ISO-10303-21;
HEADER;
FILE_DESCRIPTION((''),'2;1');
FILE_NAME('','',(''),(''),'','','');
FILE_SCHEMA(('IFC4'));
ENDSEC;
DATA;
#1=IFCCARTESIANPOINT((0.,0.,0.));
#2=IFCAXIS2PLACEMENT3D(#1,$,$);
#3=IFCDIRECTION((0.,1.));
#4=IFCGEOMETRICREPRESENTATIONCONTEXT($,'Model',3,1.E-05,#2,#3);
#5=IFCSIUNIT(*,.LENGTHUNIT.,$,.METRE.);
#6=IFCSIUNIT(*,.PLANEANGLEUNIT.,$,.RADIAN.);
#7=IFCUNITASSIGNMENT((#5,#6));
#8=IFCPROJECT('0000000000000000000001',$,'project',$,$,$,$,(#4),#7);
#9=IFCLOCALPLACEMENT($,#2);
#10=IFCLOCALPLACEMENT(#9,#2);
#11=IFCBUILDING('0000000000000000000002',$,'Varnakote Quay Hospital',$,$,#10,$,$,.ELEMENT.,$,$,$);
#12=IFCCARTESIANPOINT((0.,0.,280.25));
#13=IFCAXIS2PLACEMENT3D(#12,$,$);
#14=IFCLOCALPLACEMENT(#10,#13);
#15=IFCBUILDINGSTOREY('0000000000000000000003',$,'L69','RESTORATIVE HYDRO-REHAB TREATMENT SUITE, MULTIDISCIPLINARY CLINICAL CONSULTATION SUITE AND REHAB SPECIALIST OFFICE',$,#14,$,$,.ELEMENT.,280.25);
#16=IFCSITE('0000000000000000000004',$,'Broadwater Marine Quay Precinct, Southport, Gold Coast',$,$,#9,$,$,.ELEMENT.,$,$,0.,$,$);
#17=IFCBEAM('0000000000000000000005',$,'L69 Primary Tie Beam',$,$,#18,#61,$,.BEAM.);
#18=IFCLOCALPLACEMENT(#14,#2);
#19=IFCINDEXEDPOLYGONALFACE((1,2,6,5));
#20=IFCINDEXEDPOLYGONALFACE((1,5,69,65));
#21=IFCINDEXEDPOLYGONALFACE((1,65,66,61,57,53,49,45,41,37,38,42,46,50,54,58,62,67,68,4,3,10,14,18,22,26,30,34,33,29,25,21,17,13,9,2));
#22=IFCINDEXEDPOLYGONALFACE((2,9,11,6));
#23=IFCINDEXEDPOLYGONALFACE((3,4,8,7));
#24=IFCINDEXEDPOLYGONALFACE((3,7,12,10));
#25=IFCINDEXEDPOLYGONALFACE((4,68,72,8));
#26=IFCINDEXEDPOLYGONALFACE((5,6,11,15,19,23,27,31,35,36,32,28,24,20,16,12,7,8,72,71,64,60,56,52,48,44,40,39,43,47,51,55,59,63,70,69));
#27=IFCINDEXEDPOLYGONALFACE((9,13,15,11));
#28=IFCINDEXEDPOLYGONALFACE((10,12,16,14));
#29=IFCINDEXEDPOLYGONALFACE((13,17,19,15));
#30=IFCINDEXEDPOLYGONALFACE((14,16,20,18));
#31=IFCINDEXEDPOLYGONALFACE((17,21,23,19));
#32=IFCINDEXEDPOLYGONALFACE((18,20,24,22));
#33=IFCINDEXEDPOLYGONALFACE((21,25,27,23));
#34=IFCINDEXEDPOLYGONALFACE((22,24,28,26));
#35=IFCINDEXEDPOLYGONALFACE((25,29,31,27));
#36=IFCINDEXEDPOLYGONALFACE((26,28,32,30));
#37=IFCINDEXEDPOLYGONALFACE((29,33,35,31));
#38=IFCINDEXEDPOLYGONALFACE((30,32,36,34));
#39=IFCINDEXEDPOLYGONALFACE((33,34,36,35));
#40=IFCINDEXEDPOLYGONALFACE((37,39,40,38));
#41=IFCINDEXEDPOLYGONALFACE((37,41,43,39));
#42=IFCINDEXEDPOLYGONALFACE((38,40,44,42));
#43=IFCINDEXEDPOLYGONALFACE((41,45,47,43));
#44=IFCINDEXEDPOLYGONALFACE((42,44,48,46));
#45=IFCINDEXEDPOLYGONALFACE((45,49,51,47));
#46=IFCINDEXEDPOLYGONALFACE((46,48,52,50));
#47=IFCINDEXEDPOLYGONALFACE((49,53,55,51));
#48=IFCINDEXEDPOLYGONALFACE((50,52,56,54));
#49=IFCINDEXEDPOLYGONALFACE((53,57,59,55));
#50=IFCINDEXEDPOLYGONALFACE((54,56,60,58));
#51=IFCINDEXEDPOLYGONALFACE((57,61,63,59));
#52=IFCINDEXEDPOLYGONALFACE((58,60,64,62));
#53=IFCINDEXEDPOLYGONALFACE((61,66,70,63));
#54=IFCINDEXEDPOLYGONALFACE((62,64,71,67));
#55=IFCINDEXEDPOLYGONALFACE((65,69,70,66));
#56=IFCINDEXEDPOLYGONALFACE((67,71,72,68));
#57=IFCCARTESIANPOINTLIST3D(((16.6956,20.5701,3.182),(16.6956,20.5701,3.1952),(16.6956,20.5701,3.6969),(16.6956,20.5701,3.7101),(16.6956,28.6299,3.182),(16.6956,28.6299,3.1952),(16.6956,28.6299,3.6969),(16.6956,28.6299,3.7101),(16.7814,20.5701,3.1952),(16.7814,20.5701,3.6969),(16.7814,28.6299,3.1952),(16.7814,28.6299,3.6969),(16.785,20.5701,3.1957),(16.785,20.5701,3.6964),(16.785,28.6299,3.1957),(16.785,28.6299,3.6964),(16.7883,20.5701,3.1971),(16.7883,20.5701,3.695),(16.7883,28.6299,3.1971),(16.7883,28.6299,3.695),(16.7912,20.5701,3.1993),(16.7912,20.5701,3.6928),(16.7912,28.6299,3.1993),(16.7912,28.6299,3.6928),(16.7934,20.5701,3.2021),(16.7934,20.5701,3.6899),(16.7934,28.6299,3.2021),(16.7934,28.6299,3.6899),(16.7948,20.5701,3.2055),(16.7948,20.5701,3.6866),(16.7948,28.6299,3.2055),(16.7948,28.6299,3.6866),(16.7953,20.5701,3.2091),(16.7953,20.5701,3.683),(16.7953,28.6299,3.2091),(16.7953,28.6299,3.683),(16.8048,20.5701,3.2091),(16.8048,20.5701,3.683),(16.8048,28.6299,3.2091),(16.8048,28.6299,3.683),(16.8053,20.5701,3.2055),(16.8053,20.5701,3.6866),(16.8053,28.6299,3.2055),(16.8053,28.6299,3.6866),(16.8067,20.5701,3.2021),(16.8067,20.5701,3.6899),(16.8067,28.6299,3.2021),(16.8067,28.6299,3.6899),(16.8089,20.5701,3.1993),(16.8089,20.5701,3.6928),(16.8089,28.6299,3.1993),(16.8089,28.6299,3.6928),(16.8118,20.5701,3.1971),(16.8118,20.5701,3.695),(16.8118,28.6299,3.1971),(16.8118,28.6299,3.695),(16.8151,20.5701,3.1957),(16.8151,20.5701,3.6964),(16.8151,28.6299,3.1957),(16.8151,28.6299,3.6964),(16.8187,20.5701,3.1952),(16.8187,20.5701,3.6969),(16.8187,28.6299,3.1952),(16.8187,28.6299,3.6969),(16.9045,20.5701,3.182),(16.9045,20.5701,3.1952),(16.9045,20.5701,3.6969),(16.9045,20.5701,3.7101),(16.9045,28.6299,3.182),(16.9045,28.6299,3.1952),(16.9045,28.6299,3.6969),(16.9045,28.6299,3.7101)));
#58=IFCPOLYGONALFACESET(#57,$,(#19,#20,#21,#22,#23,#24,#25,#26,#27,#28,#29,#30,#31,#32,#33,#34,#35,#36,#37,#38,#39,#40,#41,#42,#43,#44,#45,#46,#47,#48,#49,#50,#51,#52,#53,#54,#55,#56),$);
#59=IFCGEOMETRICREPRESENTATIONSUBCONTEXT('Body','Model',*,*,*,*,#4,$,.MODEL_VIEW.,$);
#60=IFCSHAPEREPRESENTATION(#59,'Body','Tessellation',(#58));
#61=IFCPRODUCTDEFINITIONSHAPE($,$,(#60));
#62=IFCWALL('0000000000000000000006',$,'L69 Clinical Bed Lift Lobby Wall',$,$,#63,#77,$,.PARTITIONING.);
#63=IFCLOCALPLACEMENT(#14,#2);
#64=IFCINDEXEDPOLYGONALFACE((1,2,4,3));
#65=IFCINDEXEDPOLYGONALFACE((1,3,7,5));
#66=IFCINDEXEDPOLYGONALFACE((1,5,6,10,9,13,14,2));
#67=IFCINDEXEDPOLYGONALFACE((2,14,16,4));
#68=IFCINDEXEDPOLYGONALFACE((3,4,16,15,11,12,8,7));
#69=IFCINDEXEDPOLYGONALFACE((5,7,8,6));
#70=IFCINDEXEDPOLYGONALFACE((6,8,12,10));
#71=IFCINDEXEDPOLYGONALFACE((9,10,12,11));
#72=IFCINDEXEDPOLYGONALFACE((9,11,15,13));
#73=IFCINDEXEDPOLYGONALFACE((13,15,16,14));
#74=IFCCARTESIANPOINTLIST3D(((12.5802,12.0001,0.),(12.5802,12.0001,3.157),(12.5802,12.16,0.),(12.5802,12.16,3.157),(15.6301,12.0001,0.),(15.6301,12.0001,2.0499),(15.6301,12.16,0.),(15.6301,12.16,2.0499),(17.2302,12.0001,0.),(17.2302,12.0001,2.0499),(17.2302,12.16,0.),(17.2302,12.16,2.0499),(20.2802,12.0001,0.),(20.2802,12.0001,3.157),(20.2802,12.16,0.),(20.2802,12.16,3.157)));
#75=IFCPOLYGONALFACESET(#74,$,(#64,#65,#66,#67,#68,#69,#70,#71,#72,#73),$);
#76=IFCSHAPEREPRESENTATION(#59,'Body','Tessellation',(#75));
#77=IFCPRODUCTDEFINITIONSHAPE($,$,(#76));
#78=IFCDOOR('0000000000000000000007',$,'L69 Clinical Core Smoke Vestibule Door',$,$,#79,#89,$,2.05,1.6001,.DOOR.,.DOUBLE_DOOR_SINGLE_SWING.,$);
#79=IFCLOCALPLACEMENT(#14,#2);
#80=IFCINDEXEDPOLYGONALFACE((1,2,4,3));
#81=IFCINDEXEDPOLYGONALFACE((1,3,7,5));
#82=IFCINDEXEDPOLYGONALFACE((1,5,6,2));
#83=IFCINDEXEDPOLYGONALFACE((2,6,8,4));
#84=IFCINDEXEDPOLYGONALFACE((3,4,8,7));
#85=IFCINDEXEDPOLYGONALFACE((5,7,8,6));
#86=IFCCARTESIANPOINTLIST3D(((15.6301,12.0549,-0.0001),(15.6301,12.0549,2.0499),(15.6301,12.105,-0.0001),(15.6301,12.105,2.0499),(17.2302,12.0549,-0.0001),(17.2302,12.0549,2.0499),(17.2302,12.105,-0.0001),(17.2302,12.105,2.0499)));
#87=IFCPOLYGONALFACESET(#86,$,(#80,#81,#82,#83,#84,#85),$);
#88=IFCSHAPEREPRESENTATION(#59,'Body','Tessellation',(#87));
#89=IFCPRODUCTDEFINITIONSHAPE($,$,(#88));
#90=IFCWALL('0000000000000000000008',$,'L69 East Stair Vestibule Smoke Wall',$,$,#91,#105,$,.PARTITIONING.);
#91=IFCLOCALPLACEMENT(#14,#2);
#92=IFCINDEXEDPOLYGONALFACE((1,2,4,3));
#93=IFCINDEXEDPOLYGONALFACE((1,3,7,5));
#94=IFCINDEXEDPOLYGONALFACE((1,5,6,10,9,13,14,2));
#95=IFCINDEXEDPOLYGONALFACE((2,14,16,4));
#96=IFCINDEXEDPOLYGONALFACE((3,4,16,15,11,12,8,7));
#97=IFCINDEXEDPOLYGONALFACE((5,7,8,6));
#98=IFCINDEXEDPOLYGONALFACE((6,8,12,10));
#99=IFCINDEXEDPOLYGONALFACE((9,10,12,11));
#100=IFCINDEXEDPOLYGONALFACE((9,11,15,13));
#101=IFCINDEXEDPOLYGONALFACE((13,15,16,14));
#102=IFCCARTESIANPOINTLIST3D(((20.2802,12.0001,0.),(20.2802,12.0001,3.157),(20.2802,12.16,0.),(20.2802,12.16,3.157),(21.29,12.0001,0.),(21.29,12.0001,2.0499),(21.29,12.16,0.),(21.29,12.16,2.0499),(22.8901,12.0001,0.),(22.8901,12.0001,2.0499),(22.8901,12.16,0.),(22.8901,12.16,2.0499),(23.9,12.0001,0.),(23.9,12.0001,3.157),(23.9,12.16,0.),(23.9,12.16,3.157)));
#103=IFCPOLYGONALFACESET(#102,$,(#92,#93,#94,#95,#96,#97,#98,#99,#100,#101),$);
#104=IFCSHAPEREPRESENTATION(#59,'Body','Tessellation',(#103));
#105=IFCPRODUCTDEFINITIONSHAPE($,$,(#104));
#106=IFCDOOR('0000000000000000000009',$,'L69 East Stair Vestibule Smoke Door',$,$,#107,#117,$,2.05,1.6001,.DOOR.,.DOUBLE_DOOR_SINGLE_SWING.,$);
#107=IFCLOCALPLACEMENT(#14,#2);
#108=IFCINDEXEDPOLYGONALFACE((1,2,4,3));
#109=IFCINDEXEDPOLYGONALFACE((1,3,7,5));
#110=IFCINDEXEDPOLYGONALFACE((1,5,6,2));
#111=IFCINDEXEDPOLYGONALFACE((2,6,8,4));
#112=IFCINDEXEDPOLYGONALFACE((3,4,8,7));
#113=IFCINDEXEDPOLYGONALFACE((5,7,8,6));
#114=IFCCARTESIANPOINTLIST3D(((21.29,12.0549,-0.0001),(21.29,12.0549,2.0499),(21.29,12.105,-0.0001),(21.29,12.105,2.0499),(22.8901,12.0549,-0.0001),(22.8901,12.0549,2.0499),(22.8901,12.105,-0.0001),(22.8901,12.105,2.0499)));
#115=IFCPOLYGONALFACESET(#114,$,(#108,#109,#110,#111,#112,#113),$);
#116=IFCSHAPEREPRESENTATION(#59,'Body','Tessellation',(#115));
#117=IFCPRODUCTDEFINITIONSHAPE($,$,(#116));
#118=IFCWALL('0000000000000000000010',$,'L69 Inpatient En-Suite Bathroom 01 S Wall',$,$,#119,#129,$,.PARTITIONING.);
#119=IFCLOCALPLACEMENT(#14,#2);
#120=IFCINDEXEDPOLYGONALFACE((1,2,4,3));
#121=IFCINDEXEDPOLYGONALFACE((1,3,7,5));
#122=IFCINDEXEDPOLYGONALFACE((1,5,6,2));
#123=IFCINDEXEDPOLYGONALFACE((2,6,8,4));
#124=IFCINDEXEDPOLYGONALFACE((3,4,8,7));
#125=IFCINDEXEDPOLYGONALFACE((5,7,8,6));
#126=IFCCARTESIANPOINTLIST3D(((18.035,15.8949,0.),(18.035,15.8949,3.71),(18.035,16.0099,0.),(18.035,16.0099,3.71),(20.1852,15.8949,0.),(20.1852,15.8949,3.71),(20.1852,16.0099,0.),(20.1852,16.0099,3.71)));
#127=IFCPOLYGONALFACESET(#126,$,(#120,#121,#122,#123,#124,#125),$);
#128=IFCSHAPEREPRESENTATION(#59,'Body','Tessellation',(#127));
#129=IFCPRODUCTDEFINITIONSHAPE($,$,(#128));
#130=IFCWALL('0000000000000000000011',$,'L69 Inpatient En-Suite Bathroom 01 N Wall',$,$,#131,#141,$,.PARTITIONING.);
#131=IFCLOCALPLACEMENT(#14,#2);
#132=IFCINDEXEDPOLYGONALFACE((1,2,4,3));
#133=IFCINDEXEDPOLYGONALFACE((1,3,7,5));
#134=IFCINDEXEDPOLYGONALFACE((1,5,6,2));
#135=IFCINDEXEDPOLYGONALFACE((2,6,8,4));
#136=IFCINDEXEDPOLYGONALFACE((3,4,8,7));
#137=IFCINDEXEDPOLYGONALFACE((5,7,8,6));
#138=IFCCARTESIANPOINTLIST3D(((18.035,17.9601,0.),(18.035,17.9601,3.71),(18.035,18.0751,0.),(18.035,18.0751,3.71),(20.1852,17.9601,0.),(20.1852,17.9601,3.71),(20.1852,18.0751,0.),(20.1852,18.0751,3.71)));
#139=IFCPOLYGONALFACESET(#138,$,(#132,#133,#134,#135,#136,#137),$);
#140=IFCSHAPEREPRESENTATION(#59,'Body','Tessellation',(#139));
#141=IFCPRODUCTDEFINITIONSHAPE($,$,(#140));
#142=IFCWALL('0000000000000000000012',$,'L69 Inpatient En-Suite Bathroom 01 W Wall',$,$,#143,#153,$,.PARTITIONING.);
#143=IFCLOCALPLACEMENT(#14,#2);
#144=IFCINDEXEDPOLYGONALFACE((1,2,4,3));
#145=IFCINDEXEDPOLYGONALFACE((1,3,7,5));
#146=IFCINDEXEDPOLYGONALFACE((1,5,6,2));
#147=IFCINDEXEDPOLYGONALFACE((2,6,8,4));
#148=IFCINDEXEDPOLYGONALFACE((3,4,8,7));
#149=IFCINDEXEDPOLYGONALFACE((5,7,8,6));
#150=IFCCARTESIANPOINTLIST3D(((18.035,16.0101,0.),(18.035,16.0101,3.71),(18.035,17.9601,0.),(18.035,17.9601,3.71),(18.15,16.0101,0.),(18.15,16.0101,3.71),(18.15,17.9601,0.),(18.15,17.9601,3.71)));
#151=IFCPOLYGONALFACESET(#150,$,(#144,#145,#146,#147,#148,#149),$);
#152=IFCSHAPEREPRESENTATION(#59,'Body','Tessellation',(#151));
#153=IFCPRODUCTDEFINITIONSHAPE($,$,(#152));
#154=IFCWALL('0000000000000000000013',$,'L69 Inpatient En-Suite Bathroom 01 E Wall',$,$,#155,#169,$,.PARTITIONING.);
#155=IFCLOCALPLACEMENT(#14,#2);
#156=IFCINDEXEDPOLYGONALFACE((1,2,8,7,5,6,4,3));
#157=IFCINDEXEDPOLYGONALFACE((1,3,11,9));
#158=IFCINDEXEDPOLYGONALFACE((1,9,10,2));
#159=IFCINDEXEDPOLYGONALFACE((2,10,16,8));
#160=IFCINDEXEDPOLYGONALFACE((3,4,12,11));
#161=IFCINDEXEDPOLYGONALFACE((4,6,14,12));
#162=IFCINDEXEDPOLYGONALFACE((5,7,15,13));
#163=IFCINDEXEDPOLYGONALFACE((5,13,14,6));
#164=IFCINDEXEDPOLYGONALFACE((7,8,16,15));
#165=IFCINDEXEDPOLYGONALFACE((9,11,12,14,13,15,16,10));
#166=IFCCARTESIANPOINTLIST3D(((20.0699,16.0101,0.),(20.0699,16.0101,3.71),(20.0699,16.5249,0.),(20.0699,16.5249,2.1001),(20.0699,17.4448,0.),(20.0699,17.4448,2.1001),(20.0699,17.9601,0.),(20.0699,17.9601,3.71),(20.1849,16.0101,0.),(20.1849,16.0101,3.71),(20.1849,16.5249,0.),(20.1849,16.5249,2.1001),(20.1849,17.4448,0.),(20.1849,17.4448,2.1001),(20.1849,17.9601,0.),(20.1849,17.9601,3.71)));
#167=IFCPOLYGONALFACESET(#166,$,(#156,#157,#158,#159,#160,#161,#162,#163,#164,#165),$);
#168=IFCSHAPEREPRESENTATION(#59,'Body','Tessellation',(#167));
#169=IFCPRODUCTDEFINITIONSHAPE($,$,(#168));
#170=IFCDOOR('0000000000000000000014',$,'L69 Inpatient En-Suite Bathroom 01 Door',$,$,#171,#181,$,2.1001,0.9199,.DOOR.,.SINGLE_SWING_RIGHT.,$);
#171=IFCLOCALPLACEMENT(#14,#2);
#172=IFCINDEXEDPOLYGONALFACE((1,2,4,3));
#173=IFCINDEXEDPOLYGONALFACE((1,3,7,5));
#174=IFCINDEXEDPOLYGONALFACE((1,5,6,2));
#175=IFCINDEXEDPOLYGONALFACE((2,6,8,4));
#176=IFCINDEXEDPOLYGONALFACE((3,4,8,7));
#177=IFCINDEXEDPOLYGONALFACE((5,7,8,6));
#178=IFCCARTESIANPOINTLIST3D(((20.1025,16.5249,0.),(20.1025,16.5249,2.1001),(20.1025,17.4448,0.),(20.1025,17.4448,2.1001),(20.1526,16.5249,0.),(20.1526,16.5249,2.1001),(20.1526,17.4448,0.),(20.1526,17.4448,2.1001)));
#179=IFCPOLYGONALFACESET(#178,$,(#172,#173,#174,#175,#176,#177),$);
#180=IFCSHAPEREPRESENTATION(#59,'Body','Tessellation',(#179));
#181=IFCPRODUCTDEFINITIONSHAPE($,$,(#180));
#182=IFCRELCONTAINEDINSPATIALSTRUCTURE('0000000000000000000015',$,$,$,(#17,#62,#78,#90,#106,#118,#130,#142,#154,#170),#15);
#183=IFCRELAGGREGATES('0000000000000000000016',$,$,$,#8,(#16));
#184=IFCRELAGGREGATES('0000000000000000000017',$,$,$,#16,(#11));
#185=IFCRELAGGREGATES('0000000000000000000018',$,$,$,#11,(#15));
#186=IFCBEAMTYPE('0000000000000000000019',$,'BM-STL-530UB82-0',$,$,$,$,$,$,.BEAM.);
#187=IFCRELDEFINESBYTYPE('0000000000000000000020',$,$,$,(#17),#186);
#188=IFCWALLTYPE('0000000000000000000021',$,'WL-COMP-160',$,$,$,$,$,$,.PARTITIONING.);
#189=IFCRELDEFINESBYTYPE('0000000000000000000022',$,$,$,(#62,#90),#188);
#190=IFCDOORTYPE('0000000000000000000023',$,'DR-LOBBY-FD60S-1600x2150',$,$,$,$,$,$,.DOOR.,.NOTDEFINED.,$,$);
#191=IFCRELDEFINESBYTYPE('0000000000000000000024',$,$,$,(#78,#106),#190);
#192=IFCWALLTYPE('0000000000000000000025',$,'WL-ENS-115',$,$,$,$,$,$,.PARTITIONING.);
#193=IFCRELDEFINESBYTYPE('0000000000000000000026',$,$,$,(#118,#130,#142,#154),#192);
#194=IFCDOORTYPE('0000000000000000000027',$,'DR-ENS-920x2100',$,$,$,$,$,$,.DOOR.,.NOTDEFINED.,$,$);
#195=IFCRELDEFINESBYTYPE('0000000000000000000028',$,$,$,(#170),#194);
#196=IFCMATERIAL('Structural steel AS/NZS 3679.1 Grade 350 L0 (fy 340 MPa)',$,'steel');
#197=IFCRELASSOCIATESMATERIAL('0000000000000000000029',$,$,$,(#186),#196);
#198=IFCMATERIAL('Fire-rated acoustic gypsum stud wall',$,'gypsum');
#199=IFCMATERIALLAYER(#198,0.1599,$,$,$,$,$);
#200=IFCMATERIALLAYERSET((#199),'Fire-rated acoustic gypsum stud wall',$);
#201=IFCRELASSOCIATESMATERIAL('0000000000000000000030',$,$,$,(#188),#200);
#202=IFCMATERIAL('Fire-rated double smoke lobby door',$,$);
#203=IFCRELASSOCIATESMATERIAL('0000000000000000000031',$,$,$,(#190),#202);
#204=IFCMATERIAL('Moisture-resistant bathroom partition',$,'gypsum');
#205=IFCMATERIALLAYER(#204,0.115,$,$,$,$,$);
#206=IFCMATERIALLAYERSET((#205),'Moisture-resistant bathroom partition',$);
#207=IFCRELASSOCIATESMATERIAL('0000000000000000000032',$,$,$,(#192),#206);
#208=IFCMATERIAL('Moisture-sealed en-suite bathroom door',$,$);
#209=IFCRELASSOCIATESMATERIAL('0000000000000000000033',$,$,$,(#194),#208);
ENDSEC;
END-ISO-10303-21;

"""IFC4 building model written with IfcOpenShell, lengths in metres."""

from ifc_helpers import new_model, si_unit, direction, frame, frame_2d, origin, origin_2d, place, context, subcontext, project, spatial, rectangle, i_section, extrude, material, layer, layer_set, material_profile, profile_set, type_object, element, fill, save


model = new_model("IFC4")

# Units and contexts
model_context = context("Model", 3, precision=1e-05, world=origin(), true_north=direction((0.0, 1.0)))
body_context = subcontext(model_context, "Body", "Model", "MODEL_VIEW")
ifc_project = project(units=[si_unit("LENGTHUNIT", "METRE"), si_unit("PLANEANGLEUNIT", "RADIAN")], contexts=[model_context])

# Site, building, storey
site_placement = place(None, origin())
site = spatial("IfcSite", under=ifc_project, at=site_placement, Name="Broadwater Marine Quay Precinct, Southport, Gold Coast", CompositionType="ELEMENT", RefElevation=0.0)
building_placement = place(site_placement, origin())
building = spatial("IfcBuilding", under=site, at=building_placement, Name="Varnakote Quay Hospital", CompositionType="ELEMENT")
storey_placement = place(building_placement, frame((0.0, 0.0, 280.25)))
storey = spatial("IfcBuildingStorey", under=building, at=storey_placement, Name="L69", Description="RESTORATIVE HYDRO-REHAB TREATMENT SUITE, MULTIDISCIPLINARY CLINICAL CONSULTATION SUITE AND REHAB SPECIALIST OFFICE", CompositionType="ELEMENT", Elevation=280.25)

# Beam
ifc_material_1 = material(Name="Structural steel AS/NZS 3679.1 Grade 350 L0 (fy 340 MPa)", Category="steel")
ifc_material_profile_1 = material_profile(ifc_material_1, i_section(OverallWidth=0.209, OverallDepth=0.5281, WebThickness=0.0095, FlangeThickness=0.0132, FilletRadius=0.0139, at=origin_2d()), Name="530UB82.0")
ifc_profile_set_1 = profile_set([ifc_material_profile_1], Name="Structural steel AS/NZS 3679.1 Grade 350 L0 (fy 340 MPa)")
beam_type = type_object("IfcBeamType", Name="BM-STL-530UB82-0", PredefinedType="BEAM", material=ifc_profile_set_1)
beam_1_placement = place(storey_placement, frame((16.8, 20.5701, 3.446), z_axis=(0.0, 1.0, 0.0), x_axis=(-1.0, 0.0, 0.0)))
element("IfcBeam", 1, at=beam_1_placement, inside=storey, type_object=beam_type, Name="L69 Primary Tie Beam", PredefinedType="BEAM", context=body_context, shape_type="SweptSolid", body=[
    extrude(i_section(OverallWidth=0.209, OverallDepth=0.5281, WebThickness=0.0095, FlangeThickness=0.0132, FilletRadius=0.0139, at=origin_2d()), origin(), (0.0, 0.0, 1.0), 8.0598),
])

# Walls, openings, doors
ifc_material_2 = material(Name="Fire-rated acoustic gypsum stud wall", Category="gypsum")
ifc_layer_1 = layer(ifc_material_2, 0.1599)
ifc_layer_set_1 = layer_set([ifc_layer_1], Name="Fire-rated acoustic gypsum stud wall")
wall_type_1 = type_object("IfcWallType", Name="WL-COMP-160", PredefinedType="PARTITIONING", material=ifc_layer_set_1)
wall_1_placement = place(storey_placement, frame((12.5801, 12.0801, 0.0), z_axis=(0.0, 0.0, 1.0), x_axis=(1.0, 0.0, 0.0)))
wall_1 = element("IfcWall", 2, at=wall_1_placement, inside=storey, type_object=wall_type_1, Name="L69 Clinical Bed Lift Lobby Wall", PredefinedType="PARTITIONING", context=body_context, shape_type="SweptSolid", body=[
    extrude(rectangle(XDim=7.7, YDim=0.1599, at=frame_2d((3.8501, 0.0))), origin(), (0.0, 0.0, 1.0), 3.157),
])
opening_1_placement = place(wall_1_placement, frame((3.05, 0.0, 0.0)))
opening_1 = element("IfcOpeningElement", 3, at=opening_1_placement, cuts=wall_1, PredefinedType="OPENING", context=body_context, shape_type="SweptSolid", body=[
    extrude(rectangle(XDim=1.6001, YDim=2.05, at=frame_2d((0.8, 1.0249))), frame((0.0, 0.0898, 0.0), z_axis=(0.0, -1.0, 0.0), x_axis=(1.0, 0.0, 0.0)), (0.0, 0.0, 1.0), 0.1799),
])
ifc_material_3 = material(Name="Fire-rated double smoke lobby door")
door_type_1 = type_object("IfcDoorType", Name="DR-LOBBY-FD60S-1600x2150", OperationType="NOTDEFINED", PredefinedType="DOOR", material=ifc_material_3)
door_1_placement = place(opening_1_placement, origin())
door_1 = element("IfcDoor", 4, at=door_1_placement, inside=storey, type_object=door_type_1, Name="L69 Clinical Core Smoke Vestibule Door", OperationType="DOUBLE_DOOR_SINGLE_SWING", OverallHeight=2.05, OverallWidth=1.6001, PredefinedType="DOOR", context=body_context, shape_type="SweptSolid", body=[
    extrude(rectangle(XDim=1.6001, YDim=2.05, at=frame_2d((0.8, 1.0249))), frame((0.0, 0.0249, 0.0), z_axis=(0.0, -1.0, 0.0), x_axis=(1.0, 0.0, 0.0)), (0.0, 0.0, 1.0), 0.05),
])
fill(opening_1, door_1)
wall_2_placement = place(storey_placement, frame((20.28, 12.0801, 0.0), z_axis=(0.0, 0.0, 1.0), x_axis=(1.0, 0.0, 0.0)))
wall_2 = element("IfcWall", 5, at=wall_2_placement, inside=storey, type_object=wall_type_1, Name="L69 East Stair Vestibule Smoke Wall", PredefinedType="PARTITIONING", context=body_context, shape_type="SweptSolid", body=[
    extrude(rectangle(XDim=3.6199, YDim=0.1599, at=frame_2d((1.8101, 0.0))), origin(), (0.0, 0.0, 1.0), 3.157),
])
opening_2_placement = place(wall_2_placement, frame((1.01, 0.0, 0.0)))
opening_2 = element("IfcOpeningElement", 6, at=opening_2_placement, cuts=wall_2, PredefinedType="OPENING", context=body_context, shape_type="SweptSolid", body=[
    extrude(rectangle(XDim=1.6001, YDim=2.05, at=frame_2d((0.8, 1.0249))), frame((0.0, 0.0898, 0.0), z_axis=(0.0, -1.0, 0.0), x_axis=(1.0, 0.0, 0.0)), (0.0, 0.0, 1.0), 0.1799),
])
door_2_placement = place(opening_2_placement, origin())
door_2 = element("IfcDoor", 7, at=door_2_placement, inside=storey, type_object=door_type_1, Name="L69 East Stair Vestibule Smoke Door", OperationType="DOUBLE_DOOR_SINGLE_SWING", OverallHeight=2.05, OverallWidth=1.6001, PredefinedType="DOOR", context=body_context, shape_type="SweptSolid", body=[
    extrude(rectangle(XDim=1.6001, YDim=2.05, at=frame_2d((0.8, 1.0249))), frame((0.0, 0.0249, 0.0), z_axis=(0.0, -1.0, 0.0), x_axis=(1.0, 0.0, 0.0)), (0.0, 0.0, 1.0), 0.05),
])
fill(opening_2, door_2)

# Walls
ifc_material_4 = material(Name="Moisture-resistant bathroom partition", Category="gypsum")
ifc_layer_2 = layer(ifc_material_4, 0.115)
ifc_layer_set_2 = layer_set([ifc_layer_2], Name="Moisture-resistant bathroom partition")
wall_type_2 = type_object("IfcWallType", Name="WL-ENS-115", PredefinedType="PARTITIONING", material=ifc_layer_set_2)
for number, where, z_axis, x_axis, name in (
    (8, (18.0349, 15.9524, 0.0), (0.0, 0.0, 1.0), (1.0, 0.0, 0.0), "L69 Inpatient En-Suite Bathroom 01 S Wall"),
    (9, (18.0349, 18.0176, 0.0), (0.0, 0.0, 1.0), (1.0, 0.0, 0.0), "L69 Inpatient En-Suite Bathroom 01 N Wall"),
):
    element("IfcWall", number, at=place(storey_placement, frame(where, z_axis=z_axis, x_axis=x_axis)), inside=storey, type_object=wall_type_2, Name=name, PredefinedType="PARTITIONING", context=body_context, shape_type="SweptSolid", body=[
        extrude(rectangle(XDim=2.1501, YDim=0.115, at=frame_2d((1.0752, 0.0))), origin(), (0.0, 0.0, 1.0), 3.71),
    ])
wall_3_placement = place(storey_placement, frame((18.0925, 16.01, 0.0), z_axis=(0.0, 0.0, 1.0), x_axis=(0.0, 1.0, 0.0)))
element("IfcWall", 10, at=wall_3_placement, inside=storey, type_object=wall_type_2, Name="L69 Inpatient En-Suite Bathroom 01 W Wall", PredefinedType="PARTITIONING", context=body_context, shape_type="SweptSolid", body=[
    extrude(rectangle(XDim=1.95, YDim=0.115, at=frame_2d((0.9751, 0.0))), origin(), (0.0, 0.0, 1.0), 3.71),
])

# Wall, opening, door
wall_4_placement = place(storey_placement, frame((20.1274, 16.01, 0.0), z_axis=(0.0, 0.0, 1.0), x_axis=(0.0, 1.0, 0.0)))
wall_4 = element("IfcWall", 11, at=wall_4_placement, inside=storey, type_object=wall_type_2, Name="L69 Inpatient En-Suite Bathroom 01 E Wall", PredefinedType="PARTITIONING", context=body_context, shape_type="SweptSolid", body=[
    extrude(rectangle(XDim=1.95, YDim=0.115, at=frame_2d((0.9751, 0.0))), origin(), (0.0, 0.0, 1.0), 3.71),
])
opening_3_placement = place(wall_4_placement, frame((0.5149, 0.0, 0.0)))
opening_3 = element("IfcOpeningElement", 12, at=opening_3_placement, cuts=wall_4, PredefinedType="OPENING", context=body_context, shape_type="SweptSolid", body=[
    extrude(rectangle(XDim=0.9199, YDim=2.1001, at=frame_2d((0.46, 1.05))), frame((0.0, 0.0674, 0.0), z_axis=(0.0, -1.0, 0.0), x_axis=(1.0, 0.0, 0.0)), (0.0, 0.0, 1.0), 0.135),
])
ifc_material_5 = material(Name="Moisture-sealed en-suite bathroom door")
door_type_2 = type_object("IfcDoorType", Name="DR-ENS-920x2100", OperationType="NOTDEFINED", PredefinedType="DOOR", material=ifc_material_5)
door_3_placement = place(opening_3_placement, origin())
door_3 = element("IfcDoor", 13, at=door_3_placement, inside=storey, type_object=door_type_2, Name="L69 Inpatient En-Suite Bathroom 01 Door", OperationType="SINGLE_SWING_RIGHT", OverallHeight=2.1001, OverallWidth=0.9199, PredefinedType="DOOR", context=body_context, shape_type="SweptSolid", body=[
    extrude(rectangle(XDim=0.9199, YDim=2.1001, at=frame_2d((0.46, 1.05))), frame((0.0, 0.0249, 0.0), z_axis=(0.0, -1.0, 0.0), x_axis=(1.0, 0.0, 0.0)), (0.0, 0.0, 1.0), 0.05),
])
fill(opening_3, door_3)

save(model, "model.ifc")
